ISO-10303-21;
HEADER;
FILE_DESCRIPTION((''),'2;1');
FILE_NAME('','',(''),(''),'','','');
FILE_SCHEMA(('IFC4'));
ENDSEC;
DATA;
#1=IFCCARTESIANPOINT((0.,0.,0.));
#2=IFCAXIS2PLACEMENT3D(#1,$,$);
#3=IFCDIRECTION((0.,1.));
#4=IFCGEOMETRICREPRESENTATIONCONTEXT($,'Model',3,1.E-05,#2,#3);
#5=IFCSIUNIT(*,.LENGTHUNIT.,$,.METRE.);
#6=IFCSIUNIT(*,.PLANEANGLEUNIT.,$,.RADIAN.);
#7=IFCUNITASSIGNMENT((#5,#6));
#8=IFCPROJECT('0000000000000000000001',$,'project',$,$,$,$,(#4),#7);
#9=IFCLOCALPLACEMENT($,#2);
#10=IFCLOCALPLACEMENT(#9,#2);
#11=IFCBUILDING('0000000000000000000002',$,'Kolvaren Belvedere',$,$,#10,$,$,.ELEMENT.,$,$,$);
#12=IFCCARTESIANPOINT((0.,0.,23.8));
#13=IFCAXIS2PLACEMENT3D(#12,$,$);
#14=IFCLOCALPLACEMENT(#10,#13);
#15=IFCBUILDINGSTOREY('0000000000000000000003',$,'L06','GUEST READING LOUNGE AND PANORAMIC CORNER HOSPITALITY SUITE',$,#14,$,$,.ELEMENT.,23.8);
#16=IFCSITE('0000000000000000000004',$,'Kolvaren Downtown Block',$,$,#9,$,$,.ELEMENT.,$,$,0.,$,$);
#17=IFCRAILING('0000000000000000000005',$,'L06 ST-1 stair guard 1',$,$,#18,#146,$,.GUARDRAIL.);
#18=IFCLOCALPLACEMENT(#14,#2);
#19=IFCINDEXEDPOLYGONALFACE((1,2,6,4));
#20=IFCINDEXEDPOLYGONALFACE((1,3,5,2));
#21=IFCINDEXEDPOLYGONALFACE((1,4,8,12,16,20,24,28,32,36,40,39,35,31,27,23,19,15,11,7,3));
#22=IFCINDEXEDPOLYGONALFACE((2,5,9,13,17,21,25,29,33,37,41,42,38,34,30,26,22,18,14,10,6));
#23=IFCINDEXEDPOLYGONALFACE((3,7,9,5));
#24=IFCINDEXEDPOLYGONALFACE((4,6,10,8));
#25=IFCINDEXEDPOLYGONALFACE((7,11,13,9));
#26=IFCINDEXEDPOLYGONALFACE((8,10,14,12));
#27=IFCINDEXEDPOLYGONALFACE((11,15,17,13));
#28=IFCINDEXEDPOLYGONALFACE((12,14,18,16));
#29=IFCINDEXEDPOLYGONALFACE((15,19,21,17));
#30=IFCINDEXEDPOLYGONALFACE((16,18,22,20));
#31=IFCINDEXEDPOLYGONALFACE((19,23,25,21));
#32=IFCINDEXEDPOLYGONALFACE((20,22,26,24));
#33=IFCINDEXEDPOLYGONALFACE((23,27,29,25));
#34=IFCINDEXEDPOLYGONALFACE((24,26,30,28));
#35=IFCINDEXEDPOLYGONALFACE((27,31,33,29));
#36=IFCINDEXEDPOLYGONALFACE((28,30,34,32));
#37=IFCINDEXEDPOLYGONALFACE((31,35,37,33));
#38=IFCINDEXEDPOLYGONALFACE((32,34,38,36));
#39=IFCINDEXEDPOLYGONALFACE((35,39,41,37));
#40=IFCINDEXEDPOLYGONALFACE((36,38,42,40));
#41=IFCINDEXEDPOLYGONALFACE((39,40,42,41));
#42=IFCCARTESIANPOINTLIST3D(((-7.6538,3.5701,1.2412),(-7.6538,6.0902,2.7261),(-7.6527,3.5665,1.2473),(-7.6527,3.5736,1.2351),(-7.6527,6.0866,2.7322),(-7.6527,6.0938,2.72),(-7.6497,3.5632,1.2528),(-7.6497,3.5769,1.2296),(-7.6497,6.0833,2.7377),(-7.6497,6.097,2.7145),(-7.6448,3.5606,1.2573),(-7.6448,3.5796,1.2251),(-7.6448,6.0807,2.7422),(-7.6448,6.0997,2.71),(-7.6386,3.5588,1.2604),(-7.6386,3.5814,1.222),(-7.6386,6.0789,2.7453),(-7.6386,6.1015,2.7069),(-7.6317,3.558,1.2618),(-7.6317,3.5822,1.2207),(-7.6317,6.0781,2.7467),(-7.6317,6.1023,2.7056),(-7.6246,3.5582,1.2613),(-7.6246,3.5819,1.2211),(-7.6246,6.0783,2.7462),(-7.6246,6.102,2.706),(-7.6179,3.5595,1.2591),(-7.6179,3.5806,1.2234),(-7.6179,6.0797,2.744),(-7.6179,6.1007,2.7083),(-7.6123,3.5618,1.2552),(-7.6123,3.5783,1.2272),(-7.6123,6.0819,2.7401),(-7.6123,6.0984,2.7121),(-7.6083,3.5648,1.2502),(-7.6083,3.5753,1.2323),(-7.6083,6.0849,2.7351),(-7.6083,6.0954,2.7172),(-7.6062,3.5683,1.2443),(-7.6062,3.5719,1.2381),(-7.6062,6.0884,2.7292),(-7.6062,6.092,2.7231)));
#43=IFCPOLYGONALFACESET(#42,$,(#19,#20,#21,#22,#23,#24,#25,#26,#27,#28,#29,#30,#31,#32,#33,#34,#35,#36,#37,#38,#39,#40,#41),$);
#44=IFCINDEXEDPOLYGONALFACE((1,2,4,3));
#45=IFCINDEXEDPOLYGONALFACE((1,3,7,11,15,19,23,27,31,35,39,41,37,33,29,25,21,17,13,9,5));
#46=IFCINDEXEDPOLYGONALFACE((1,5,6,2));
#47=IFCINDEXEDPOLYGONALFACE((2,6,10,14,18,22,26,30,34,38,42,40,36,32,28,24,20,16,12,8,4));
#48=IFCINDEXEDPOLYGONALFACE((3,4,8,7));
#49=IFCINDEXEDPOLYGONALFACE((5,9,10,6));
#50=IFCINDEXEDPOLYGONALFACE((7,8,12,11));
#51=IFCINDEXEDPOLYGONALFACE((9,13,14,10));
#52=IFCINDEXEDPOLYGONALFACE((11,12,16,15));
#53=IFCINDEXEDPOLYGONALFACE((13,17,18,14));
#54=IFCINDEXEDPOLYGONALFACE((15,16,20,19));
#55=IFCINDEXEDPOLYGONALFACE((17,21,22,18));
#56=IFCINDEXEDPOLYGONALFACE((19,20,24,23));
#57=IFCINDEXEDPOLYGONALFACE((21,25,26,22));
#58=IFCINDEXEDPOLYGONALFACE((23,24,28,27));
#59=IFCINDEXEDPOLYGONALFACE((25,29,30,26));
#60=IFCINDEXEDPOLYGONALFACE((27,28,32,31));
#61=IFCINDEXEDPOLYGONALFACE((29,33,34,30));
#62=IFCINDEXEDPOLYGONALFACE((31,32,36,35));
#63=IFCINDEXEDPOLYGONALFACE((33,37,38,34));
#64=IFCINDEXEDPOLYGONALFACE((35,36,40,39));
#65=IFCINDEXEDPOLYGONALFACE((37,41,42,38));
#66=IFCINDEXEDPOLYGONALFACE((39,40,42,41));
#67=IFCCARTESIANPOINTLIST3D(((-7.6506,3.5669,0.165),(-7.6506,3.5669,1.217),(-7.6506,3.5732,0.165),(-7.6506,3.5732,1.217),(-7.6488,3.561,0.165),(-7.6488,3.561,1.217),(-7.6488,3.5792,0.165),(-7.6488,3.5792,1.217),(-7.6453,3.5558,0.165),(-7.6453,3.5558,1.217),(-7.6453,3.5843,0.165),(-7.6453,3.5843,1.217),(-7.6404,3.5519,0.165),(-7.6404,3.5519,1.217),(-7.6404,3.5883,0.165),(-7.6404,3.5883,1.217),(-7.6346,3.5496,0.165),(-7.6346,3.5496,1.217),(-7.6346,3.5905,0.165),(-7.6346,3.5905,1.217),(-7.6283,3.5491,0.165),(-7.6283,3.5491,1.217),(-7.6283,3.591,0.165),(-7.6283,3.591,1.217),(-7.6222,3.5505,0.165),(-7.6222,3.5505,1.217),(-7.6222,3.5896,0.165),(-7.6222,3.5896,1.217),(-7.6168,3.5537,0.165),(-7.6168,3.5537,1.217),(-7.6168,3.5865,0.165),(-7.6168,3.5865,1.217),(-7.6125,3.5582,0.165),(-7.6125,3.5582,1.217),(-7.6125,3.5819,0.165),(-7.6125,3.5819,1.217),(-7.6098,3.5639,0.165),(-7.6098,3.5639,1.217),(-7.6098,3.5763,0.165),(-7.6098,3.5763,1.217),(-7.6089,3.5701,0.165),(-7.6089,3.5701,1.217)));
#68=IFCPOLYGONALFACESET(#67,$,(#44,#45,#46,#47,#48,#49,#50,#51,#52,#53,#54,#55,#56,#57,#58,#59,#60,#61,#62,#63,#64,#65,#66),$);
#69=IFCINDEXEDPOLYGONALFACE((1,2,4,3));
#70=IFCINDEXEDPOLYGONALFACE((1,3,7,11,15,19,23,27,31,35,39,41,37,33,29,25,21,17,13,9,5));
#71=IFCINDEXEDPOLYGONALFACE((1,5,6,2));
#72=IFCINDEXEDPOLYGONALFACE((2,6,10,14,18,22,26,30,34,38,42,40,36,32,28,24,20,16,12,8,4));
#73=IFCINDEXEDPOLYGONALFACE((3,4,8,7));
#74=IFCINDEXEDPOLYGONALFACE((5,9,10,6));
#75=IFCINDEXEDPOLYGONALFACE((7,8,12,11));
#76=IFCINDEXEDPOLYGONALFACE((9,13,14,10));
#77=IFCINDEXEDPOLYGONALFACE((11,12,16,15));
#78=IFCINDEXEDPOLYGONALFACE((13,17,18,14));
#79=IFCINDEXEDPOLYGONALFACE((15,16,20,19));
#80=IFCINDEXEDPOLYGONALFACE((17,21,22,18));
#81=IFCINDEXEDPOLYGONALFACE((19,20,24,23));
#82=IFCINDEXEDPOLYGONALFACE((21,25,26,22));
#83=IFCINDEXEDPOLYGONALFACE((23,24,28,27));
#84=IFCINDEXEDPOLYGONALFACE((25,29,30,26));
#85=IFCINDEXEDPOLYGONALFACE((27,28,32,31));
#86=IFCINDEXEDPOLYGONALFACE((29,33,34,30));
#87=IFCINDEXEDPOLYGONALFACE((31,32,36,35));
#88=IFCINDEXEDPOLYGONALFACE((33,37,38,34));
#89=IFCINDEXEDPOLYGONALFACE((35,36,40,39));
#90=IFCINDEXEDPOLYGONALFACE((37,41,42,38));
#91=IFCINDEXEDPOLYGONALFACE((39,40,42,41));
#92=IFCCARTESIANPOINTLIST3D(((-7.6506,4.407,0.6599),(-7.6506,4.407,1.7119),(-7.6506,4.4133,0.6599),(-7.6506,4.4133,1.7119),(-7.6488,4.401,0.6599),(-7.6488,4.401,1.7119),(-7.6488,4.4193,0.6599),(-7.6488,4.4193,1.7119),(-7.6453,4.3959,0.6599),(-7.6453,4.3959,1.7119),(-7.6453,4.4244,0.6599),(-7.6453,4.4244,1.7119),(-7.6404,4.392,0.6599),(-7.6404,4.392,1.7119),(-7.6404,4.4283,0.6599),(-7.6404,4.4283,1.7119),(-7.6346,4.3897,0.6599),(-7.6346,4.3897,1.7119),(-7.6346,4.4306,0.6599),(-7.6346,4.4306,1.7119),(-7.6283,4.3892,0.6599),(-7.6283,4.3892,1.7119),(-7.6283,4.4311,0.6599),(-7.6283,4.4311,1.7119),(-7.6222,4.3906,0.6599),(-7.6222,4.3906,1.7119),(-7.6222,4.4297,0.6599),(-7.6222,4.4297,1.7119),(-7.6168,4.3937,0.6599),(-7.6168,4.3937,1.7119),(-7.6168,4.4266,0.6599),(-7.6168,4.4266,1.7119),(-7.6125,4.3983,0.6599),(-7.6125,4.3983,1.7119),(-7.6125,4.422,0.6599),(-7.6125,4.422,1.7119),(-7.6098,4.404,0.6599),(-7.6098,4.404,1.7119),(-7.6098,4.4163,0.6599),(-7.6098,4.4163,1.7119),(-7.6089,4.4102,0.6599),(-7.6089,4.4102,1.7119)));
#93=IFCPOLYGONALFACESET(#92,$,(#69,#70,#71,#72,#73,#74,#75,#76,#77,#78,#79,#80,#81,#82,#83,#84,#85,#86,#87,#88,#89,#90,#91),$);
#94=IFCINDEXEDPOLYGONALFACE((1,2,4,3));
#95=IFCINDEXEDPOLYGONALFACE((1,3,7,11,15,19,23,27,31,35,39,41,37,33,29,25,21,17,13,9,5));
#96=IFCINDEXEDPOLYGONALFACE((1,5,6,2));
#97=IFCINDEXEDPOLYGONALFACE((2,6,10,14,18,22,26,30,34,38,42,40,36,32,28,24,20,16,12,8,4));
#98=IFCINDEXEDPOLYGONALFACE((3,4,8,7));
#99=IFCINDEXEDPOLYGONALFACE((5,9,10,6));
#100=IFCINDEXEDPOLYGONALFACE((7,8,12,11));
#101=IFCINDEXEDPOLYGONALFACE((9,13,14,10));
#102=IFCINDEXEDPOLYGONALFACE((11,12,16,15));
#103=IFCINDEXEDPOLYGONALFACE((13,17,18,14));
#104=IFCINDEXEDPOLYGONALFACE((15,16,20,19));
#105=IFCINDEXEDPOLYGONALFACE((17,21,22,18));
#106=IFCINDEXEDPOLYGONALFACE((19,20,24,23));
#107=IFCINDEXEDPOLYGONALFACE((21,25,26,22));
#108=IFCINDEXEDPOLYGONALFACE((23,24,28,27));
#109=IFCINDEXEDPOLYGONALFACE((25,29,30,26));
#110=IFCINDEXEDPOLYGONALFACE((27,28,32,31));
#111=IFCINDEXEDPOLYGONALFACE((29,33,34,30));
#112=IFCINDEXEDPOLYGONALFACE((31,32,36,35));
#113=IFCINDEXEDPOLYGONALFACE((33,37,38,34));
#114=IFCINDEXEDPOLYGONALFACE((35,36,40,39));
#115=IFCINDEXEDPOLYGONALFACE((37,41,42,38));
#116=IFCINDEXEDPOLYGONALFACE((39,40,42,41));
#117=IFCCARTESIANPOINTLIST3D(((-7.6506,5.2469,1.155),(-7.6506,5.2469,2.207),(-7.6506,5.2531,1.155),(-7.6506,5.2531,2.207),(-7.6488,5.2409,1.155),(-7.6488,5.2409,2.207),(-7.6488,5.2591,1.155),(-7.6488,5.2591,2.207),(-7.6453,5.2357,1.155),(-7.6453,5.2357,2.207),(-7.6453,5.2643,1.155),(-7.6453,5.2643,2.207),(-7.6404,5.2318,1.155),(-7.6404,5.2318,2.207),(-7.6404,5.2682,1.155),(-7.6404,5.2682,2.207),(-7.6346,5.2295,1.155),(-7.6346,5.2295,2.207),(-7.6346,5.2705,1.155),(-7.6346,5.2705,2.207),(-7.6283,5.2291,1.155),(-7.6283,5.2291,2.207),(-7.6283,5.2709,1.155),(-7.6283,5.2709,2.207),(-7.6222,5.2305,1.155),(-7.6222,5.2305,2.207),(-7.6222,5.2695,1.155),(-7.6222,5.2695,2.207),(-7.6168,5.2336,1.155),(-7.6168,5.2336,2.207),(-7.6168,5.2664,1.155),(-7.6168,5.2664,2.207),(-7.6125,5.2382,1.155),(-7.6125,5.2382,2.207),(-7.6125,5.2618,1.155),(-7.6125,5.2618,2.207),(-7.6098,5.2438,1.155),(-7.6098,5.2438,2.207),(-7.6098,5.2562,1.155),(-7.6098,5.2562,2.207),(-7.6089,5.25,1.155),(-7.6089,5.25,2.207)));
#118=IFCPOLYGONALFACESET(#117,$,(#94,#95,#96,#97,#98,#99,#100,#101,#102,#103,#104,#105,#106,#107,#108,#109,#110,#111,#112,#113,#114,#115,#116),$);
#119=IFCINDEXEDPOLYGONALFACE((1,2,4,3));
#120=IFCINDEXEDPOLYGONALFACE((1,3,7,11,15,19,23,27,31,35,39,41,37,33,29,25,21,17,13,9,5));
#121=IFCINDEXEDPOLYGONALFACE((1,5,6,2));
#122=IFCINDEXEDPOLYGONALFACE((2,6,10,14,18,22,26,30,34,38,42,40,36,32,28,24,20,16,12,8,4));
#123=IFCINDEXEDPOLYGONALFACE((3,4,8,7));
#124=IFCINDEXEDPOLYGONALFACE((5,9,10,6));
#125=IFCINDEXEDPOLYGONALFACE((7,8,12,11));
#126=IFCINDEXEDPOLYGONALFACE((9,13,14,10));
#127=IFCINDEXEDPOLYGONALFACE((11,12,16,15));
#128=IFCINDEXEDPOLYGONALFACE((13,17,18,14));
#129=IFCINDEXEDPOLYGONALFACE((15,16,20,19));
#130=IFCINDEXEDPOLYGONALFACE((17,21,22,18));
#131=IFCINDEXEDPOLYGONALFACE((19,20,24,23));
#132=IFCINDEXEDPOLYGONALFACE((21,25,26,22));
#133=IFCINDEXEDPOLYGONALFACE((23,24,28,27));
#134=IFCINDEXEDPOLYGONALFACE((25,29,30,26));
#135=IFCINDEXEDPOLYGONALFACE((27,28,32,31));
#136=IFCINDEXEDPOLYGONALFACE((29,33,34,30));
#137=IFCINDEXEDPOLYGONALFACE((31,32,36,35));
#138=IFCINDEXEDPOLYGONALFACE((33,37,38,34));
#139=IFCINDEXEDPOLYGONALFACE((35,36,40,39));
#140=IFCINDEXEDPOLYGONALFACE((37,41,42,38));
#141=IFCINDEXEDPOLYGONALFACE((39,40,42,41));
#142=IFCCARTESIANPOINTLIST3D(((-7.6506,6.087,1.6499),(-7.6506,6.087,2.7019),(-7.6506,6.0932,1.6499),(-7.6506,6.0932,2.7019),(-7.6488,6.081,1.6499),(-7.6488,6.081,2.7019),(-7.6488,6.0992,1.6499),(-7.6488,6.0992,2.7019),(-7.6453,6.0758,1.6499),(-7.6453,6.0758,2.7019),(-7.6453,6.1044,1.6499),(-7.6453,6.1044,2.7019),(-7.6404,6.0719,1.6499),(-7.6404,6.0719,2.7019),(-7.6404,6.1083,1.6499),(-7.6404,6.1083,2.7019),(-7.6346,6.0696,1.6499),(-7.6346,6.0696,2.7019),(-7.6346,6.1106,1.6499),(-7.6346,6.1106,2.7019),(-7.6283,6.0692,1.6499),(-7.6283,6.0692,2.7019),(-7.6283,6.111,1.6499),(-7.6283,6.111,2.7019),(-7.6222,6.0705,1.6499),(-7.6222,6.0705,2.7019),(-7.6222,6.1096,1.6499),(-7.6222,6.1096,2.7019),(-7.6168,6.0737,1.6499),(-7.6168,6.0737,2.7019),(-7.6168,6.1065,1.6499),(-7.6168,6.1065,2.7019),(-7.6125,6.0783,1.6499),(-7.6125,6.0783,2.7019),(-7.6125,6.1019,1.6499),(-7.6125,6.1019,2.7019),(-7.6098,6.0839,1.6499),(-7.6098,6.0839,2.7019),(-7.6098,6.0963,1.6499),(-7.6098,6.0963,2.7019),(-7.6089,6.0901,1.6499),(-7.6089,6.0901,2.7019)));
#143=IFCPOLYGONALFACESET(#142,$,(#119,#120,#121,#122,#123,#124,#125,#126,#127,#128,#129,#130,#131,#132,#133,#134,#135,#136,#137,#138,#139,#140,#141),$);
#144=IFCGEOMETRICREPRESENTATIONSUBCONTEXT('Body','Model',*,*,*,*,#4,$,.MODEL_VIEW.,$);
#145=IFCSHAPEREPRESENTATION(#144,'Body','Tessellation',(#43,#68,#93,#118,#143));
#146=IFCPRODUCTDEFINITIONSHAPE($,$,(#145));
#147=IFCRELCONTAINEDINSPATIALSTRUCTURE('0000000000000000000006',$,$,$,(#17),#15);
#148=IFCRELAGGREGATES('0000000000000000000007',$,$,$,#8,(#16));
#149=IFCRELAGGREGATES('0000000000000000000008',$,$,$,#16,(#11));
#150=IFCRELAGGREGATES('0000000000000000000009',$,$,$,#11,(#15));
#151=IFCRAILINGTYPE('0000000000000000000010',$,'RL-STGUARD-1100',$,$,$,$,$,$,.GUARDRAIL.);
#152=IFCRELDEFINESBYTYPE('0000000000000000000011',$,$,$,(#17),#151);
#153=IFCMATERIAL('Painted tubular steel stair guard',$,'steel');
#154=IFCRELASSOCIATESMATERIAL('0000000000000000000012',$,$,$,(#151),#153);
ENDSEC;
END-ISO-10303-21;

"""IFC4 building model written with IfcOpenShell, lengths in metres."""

from ifc_helpers import new_model, si_unit, direction, frame, origin, origin_2d, place, context, subcontext, project, spatial, circle, extrude, material, type_object, element, save


model = new_model("IFC4")

# Units and contexts
model_context = context("Model", 3, precision=1e-05, world=origin(), true_north=direction((0.0, 1.0)))
body_context = subcontext(model_context, "Body", "Model", "MODEL_VIEW")
ifc_project = project(units=[si_unit("LENGTHUNIT", "METRE"), si_unit("PLANEANGLEUNIT", "RADIAN")], contexts=[model_context])

# Site, building, storey
site_placement = place(None, origin())
site = spatial("IfcSite", under=ifc_project, at=site_placement, Name="Kolvaren Downtown Block", CompositionType="ELEMENT", RefElevation=0.0)
building_placement = place(site_placement, origin())
building = spatial("IfcBuilding", under=site, at=building_placement, Name="Kolvaren Belvedere", CompositionType="ELEMENT")
storey_placement = place(building_placement, frame((0.0, 0.0, 23.8)))
storey = spatial("IfcBuildingStorey", under=building, at=storey_placement, Name="L06", Description="GUEST READING LOUNGE AND PANORAMIC CORNER HOSPITALITY SUITE", CompositionType="ELEMENT", Elevation=23.8)

# Railing
ifc_material_1 = material(Name="Painted tubular steel stair guard", Category="steel")
railing_type_1 = type_object("IfcRailingType", Name="RL-STGUARD-1100", PredefinedType="GUARDRAIL", material=ifc_material_1)
railing_1_placement = place(storey_placement, frame((-7.6299, 3.5701, 0.165)))
element("IfcRailing", 1, at=railing_1_placement, inside=storey, type_object=railing_type_1, Name="L06 ST-1 stair guard 1", PredefinedType="GUARDRAIL", context=body_context, shape_type="SweptSolid", body=[
    extrude(circle(Radius=0.0239, at=origin_2d()), frame((0.0, 0.0, 1.0762), z_axis=(0.0, 0.861561, 0.507655), x_axis=(-1.0, 0.0, 0.0)), (0.0, 0.0, 1.0), 2.925),
    extrude(circle(Radius=0.021, at=origin_2d()), origin(), (0.0, 0.0, 1.0), 1.052),
    extrude(circle(Radius=0.021, at=origin_2d()), frame((0.0, 0.8401, 0.4949)), (0.0, 0.0, 1.0), 1.052),
    extrude(circle(Radius=0.021, at=origin_2d()), frame((0.0, 1.6799, 0.99)), (0.0, 0.0, 1.0), 1.052),
    extrude(circle(Radius=0.021, at=origin_2d()), frame((0.0, 2.52, 1.4849)), (0.0, 0.0, 1.0), 1.052),
])

save(model, "model.ifc")
